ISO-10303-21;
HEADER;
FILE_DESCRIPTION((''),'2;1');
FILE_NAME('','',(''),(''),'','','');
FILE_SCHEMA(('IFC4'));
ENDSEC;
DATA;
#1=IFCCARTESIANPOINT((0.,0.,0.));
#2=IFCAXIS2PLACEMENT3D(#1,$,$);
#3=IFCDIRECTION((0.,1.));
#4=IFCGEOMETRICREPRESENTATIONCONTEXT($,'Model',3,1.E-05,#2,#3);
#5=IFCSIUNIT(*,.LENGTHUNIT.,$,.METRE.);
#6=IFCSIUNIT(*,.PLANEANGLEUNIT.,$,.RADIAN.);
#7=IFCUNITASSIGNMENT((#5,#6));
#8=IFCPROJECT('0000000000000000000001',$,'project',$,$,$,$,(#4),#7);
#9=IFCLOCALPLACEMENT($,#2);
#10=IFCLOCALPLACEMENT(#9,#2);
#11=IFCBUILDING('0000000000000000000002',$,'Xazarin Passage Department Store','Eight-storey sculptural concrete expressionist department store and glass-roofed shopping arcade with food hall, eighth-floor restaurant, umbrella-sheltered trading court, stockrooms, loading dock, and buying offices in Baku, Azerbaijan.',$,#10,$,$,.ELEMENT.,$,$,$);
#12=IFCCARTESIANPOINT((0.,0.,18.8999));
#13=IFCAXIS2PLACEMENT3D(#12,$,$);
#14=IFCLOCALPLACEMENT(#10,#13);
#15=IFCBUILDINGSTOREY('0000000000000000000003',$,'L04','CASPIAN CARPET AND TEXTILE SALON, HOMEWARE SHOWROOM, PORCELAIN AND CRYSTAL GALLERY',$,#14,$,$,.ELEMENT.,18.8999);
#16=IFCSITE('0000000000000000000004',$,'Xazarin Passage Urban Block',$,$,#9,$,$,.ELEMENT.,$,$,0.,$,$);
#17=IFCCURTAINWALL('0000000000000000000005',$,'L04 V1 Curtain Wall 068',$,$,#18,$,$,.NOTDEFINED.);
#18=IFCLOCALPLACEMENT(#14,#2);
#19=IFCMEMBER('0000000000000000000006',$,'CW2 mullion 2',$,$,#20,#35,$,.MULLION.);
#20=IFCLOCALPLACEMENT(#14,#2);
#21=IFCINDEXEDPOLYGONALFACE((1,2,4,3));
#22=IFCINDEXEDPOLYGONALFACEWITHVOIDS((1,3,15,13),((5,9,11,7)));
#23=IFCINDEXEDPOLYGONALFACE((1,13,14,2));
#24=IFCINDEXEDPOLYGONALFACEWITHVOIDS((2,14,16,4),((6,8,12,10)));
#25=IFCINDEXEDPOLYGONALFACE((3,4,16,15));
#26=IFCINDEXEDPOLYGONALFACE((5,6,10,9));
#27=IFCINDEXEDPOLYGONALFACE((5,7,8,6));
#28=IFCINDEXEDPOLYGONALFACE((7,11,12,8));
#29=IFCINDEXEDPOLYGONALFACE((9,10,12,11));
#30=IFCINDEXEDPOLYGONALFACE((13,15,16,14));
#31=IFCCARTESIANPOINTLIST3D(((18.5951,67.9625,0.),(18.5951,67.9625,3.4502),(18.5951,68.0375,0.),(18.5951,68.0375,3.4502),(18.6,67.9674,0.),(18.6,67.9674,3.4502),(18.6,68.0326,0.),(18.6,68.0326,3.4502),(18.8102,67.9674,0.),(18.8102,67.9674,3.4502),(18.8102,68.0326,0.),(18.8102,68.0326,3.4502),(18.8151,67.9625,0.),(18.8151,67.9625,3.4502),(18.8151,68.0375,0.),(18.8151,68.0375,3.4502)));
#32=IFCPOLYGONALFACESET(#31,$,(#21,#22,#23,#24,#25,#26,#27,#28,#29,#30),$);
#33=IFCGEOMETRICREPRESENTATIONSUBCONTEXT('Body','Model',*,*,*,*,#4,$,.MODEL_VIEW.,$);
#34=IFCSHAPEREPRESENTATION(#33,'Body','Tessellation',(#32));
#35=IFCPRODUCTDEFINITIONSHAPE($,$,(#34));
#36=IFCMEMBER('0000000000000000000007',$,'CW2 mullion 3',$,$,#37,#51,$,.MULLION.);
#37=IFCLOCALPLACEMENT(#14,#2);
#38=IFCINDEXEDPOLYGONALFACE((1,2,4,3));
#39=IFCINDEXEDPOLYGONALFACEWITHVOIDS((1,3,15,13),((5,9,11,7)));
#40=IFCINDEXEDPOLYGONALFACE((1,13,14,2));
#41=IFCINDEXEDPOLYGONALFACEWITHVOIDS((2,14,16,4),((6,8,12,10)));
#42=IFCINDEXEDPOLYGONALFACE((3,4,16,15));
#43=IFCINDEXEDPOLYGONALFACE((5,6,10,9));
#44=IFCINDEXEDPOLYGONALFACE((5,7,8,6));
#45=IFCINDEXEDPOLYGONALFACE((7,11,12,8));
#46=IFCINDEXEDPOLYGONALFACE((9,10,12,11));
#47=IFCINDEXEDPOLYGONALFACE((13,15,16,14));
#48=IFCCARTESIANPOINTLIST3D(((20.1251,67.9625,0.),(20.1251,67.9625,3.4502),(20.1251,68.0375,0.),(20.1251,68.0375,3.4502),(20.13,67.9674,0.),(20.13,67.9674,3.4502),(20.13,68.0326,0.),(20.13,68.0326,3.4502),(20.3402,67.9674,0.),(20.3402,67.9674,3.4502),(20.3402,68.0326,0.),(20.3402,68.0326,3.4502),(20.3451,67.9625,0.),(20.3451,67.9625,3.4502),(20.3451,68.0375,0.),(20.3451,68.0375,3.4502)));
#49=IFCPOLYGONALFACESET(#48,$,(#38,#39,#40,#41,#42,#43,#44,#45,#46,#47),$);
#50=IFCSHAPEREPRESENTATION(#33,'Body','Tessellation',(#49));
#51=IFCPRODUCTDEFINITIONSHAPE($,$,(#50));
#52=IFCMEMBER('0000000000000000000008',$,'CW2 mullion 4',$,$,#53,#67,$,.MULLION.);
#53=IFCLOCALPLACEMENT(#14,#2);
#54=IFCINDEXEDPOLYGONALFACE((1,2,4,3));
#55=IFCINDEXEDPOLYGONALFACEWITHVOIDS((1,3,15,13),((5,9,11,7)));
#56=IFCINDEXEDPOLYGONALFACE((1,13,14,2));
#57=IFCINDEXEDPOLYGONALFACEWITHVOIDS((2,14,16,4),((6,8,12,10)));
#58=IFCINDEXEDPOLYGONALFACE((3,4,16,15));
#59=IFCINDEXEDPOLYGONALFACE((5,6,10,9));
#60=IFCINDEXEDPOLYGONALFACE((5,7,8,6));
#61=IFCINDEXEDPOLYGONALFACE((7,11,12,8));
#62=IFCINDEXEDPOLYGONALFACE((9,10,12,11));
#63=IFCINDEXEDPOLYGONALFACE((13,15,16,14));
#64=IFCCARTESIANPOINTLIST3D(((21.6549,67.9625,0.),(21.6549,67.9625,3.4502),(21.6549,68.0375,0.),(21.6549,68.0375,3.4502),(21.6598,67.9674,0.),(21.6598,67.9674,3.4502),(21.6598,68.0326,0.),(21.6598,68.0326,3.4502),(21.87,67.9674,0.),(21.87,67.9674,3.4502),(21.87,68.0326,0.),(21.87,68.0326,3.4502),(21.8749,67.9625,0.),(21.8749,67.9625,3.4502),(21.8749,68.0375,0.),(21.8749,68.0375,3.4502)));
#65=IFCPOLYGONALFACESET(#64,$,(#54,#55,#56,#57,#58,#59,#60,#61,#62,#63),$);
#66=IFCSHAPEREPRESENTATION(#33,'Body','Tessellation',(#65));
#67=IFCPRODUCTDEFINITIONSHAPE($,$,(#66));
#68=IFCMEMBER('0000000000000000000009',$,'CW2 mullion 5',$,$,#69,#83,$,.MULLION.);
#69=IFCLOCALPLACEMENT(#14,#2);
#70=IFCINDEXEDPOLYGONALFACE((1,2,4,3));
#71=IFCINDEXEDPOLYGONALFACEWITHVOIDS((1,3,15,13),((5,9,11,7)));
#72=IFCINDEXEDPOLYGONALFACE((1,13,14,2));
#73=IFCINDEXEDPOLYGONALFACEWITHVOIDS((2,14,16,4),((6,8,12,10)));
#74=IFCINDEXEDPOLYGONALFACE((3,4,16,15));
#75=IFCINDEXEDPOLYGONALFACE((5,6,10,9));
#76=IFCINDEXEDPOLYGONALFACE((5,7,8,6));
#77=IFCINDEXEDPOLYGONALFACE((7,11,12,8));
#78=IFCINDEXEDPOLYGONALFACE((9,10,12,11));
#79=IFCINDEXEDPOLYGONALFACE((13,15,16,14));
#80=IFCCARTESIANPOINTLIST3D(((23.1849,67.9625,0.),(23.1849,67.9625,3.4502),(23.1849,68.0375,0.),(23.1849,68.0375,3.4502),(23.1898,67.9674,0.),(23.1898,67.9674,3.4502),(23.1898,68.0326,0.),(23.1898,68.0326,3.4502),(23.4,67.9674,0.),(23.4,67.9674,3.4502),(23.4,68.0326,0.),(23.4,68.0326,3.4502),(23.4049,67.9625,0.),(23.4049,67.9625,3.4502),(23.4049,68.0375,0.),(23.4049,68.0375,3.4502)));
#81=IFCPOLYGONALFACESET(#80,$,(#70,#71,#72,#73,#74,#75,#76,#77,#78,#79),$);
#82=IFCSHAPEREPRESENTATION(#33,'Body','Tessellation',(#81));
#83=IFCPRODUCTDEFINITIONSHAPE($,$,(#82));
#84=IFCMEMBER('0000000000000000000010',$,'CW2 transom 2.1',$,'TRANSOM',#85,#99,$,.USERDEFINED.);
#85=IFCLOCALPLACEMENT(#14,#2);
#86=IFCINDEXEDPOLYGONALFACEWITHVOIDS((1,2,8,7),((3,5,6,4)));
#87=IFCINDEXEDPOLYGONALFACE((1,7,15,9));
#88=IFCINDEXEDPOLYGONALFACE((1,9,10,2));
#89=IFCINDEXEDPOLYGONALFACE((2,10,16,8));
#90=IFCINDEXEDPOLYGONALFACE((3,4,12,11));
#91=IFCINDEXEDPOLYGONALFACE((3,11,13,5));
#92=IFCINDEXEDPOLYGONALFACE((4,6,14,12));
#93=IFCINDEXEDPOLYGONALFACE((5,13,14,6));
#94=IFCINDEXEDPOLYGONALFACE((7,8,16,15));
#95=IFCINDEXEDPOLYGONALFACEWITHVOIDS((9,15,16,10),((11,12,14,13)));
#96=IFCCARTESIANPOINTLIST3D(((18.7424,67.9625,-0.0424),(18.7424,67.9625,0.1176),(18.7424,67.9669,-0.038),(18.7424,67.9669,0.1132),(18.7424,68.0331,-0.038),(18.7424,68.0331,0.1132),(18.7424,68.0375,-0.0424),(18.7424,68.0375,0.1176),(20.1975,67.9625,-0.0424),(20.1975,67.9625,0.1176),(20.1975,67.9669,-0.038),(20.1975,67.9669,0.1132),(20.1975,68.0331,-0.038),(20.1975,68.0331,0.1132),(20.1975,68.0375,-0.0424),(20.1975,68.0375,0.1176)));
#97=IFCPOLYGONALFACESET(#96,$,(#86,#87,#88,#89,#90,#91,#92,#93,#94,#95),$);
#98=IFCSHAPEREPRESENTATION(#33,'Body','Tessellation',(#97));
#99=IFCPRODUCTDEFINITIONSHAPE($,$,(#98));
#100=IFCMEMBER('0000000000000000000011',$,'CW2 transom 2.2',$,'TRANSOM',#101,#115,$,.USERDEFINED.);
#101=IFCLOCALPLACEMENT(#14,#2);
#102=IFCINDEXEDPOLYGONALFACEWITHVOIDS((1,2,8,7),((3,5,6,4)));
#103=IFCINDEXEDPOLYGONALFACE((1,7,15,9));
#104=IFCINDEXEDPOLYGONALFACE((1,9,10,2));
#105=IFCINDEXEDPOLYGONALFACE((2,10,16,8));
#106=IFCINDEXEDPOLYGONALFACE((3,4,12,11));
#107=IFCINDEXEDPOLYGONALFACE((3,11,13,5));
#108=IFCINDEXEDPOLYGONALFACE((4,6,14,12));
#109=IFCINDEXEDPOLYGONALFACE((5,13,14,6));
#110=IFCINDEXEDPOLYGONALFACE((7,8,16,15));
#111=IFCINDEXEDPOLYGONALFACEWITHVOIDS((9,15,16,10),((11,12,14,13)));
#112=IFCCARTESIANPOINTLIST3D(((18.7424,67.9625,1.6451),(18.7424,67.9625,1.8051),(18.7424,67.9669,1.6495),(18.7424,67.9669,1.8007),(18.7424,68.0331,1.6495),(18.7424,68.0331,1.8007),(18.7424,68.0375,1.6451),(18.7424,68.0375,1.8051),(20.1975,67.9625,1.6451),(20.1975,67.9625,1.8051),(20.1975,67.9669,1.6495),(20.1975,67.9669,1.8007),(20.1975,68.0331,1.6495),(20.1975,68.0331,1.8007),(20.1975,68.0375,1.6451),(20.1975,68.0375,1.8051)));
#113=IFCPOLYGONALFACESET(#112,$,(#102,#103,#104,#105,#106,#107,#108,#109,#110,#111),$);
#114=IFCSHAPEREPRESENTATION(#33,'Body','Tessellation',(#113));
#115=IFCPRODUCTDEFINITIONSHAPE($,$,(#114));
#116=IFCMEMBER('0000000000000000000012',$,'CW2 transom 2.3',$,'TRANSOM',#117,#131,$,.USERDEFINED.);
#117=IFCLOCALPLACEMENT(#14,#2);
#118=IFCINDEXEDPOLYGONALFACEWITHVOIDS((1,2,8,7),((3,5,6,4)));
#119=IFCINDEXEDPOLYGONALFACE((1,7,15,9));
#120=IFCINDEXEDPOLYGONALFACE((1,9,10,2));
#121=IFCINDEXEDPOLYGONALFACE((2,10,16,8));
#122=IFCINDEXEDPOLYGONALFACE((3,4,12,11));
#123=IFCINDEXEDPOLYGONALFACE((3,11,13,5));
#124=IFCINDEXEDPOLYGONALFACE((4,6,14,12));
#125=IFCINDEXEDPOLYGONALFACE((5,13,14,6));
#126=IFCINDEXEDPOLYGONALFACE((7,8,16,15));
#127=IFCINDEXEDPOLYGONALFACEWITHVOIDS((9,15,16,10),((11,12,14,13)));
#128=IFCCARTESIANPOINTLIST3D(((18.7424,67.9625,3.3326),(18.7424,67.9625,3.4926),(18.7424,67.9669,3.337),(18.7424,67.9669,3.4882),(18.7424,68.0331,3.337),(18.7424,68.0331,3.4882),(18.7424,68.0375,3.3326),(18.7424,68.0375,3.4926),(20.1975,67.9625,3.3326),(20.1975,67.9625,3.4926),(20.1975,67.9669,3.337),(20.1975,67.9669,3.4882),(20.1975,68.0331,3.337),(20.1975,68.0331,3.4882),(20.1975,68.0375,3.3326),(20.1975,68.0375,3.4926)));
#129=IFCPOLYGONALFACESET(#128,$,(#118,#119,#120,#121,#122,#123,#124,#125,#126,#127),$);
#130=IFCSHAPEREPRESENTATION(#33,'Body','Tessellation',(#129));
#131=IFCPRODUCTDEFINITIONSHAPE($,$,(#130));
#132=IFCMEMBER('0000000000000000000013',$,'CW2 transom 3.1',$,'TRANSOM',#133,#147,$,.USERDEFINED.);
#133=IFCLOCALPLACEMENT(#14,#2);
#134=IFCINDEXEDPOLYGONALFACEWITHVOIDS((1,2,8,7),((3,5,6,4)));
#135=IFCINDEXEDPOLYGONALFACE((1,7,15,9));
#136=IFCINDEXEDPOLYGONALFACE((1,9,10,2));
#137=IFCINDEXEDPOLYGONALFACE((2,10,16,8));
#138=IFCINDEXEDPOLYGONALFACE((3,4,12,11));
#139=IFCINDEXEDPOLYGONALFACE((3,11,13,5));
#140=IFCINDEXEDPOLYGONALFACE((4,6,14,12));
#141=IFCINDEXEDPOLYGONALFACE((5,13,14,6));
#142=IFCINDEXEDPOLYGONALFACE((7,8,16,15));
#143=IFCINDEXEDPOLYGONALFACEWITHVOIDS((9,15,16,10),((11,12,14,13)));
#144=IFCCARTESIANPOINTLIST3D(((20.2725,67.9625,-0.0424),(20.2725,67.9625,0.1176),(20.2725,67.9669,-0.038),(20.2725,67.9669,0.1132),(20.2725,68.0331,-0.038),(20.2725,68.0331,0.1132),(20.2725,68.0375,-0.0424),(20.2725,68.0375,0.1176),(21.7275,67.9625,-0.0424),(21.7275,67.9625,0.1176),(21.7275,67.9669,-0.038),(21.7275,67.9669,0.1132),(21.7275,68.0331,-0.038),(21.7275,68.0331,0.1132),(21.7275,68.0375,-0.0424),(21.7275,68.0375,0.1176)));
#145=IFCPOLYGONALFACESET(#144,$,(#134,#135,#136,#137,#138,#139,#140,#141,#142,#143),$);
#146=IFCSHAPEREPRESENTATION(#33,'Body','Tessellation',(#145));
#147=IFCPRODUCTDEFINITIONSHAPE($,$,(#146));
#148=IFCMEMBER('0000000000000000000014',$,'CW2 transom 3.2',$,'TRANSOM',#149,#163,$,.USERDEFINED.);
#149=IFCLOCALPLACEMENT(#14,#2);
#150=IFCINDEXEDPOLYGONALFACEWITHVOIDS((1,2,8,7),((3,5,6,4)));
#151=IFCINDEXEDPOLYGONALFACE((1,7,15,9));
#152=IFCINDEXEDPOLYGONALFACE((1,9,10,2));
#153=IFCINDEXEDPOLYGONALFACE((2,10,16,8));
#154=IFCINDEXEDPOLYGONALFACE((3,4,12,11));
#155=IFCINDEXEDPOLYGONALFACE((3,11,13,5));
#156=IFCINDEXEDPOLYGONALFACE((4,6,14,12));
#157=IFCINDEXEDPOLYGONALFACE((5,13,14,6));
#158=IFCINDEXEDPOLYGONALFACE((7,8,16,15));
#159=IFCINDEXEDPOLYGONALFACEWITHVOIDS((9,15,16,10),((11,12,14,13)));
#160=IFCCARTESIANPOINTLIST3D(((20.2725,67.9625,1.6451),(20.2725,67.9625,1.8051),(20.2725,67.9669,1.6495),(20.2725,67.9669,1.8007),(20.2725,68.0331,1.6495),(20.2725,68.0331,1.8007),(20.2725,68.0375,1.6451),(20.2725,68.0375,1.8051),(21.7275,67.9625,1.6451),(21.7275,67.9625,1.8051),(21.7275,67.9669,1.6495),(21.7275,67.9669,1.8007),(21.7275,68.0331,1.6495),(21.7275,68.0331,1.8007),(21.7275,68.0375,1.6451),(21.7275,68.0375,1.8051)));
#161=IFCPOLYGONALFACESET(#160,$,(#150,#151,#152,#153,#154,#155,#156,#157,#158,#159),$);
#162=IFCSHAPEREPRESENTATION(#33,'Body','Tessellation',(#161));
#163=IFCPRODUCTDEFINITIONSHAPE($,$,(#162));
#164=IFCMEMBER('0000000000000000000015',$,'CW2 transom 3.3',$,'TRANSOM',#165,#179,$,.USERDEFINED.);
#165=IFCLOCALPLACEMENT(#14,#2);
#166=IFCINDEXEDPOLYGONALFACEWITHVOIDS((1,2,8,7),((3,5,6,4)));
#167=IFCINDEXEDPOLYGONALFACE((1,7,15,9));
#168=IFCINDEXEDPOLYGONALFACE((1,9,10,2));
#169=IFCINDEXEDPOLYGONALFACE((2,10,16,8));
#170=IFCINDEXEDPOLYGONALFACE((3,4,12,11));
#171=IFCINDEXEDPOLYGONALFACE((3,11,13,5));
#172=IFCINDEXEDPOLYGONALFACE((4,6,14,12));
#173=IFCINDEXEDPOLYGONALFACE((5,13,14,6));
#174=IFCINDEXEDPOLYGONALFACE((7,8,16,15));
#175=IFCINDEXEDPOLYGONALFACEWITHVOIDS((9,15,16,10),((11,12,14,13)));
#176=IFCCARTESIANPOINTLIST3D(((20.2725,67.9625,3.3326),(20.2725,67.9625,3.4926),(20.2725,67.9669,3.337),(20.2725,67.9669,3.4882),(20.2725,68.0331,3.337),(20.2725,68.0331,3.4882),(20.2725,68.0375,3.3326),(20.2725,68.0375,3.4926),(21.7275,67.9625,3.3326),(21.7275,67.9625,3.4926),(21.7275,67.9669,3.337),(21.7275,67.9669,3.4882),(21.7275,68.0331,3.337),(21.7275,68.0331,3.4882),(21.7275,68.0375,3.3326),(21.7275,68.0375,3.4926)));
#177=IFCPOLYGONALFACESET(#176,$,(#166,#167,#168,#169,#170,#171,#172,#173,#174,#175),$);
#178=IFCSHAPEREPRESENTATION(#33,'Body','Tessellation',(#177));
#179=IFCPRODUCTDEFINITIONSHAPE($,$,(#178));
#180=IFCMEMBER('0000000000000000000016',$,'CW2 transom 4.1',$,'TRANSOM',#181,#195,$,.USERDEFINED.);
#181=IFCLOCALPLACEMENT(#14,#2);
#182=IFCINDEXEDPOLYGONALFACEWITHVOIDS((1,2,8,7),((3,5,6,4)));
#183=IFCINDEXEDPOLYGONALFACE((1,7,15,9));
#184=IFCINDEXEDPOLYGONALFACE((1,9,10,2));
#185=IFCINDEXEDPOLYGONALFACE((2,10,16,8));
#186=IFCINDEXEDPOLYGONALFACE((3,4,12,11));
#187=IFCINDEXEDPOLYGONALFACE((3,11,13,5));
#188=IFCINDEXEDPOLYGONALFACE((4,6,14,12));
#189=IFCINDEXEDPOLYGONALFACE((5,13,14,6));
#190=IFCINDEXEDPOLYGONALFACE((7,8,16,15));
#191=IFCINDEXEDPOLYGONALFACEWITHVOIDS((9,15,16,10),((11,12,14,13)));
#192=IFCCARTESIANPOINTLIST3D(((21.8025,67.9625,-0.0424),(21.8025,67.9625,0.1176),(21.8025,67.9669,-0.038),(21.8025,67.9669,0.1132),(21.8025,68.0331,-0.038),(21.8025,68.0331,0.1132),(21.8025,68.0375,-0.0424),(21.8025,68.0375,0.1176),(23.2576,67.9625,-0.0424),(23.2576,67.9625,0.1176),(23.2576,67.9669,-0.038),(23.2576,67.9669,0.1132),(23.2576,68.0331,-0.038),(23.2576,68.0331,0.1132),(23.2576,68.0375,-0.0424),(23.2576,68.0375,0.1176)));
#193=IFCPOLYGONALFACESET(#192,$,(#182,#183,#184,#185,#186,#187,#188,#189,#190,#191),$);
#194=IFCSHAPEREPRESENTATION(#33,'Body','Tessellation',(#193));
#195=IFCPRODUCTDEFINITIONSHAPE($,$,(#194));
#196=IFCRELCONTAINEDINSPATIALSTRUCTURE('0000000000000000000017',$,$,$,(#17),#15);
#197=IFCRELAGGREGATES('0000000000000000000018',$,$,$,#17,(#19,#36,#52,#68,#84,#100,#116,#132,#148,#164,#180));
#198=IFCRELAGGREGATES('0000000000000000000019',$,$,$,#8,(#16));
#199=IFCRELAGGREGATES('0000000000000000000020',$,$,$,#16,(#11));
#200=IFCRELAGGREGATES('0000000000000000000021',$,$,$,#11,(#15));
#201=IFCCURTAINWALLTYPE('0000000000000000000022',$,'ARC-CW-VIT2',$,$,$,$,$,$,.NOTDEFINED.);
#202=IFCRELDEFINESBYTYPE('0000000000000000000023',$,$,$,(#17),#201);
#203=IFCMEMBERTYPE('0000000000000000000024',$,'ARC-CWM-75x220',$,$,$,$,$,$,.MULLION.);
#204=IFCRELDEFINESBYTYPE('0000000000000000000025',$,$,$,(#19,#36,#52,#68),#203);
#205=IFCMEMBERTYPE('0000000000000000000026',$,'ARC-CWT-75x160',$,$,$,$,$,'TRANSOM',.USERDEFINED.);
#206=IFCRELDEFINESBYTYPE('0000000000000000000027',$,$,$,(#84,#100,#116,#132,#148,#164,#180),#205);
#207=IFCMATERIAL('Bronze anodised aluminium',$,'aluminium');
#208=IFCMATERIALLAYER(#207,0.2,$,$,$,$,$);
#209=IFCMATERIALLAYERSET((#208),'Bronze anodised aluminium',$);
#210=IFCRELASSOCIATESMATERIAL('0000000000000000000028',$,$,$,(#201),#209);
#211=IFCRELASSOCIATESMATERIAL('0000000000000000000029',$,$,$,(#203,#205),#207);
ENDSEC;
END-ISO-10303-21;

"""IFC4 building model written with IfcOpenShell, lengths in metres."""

from ifc_helpers import new_model, si_unit, direction, frame, origin, origin_2d, place, context, subcontext, project, spatial, hollow_rectangle, extrude, material, layer, layer_set, material_profile, profile_set, type_object, element, aggregate, save


model = new_model("IFC4")

# Units and contexts
model_context = context("Model", 3, precision=1e-05, world=origin(), true_north=direction((0.0, 1.0)))
body_context = subcontext(model_context, "Body", "Model", "MODEL_VIEW")
ifc_project = project(units=[si_unit("LENGTHUNIT", "METRE"), si_unit("PLANEANGLEUNIT", "RADIAN")], contexts=[model_context])

# Site, building, storey
site_placement = place(None, origin())
site = spatial("IfcSite", under=ifc_project, at=site_placement, Name="Xazarin Passage Urban Block", CompositionType="ELEMENT", RefElevation=0.0)
building_placement = place(site_placement, origin())
building = spatial("IfcBuilding", under=site, at=building_placement, Name="Xazarin Passage Department Store", Description="Eight-storey sculptural concrete expressionist department store and glass-roofed shopping arcade with food hall, eighth-floor restaurant, umbrella-sheltered trading court, stockrooms, loading dock, and buying offices in Baku, Azerbaijan.", CompositionType="ELEMENT")
storey_placement = place(building_placement, frame((0.0, 0.0, 18.8999)))
storey = spatial("IfcBuildingStorey", under=building, at=storey_placement, Name="L04", Description="CASPIAN CARPET AND TEXTILE SALON, HOMEWARE SHOWROOM, PORCELAIN AND CRYSTAL GALLERY", CompositionType="ELEMENT", Elevation=18.8999)

# Curtain wall, members
ifc_material_1 = material(Name="Bronze anodised aluminium", Category="aluminium")
ifc_layer_1 = layer(ifc_material_1, 0.2)
ifc_layer_set_1 = layer_set([ifc_layer_1], Name="Bronze anodised aluminium")
curtain_wall_type = type_object("IfcCurtainWallType", Name="ARC-CW-VIT2", PredefinedType="NOTDEFINED", material=ifc_layer_set_1)
curtain_wall_placement = place(storey_placement, origin())
curtain_wall = element("IfcCurtainWall", 1, at=curtain_wall_placement, inside=storey, type_object=curtain_wall_type, Name="L04 V1 Curtain Wall 068", PredefinedType="NOTDEFINED")
ifc_material_profile_1 = material_profile(ifc_material_1, hollow_rectangle(XDim=0.075, YDim=0.22, WallThickness=0.0049, at=origin_2d()), Name="ALU 75x220")
ifc_profile_set_1 = profile_set([ifc_material_profile_1], Name="Bronze anodised aluminium")
member_type_1 = type_object("IfcMemberType", Name="ARC-CWM-75x220", PredefinedType="MULLION", material=ifc_profile_set_1)
member_1_placement = place(storey_placement, frame((18.7051, 68.0, 0.0), z_axis=(0.0, 0.0, 1.0), x_axis=(0.0, 1.0, 0.0)))
member_1 = element("IfcMember", 2, at=member_1_placement, type_object=member_type_1, Name="CW2 mullion 2", PredefinedType="MULLION", context=body_context, shape_type="SweptSolid", body=[
    extrude(hollow_rectangle(XDim=0.075, YDim=0.22, WallThickness=0.0049, at=origin_2d()), origin(), (0.0, 0.0, 1.0), 3.4502),
])
member_2_placement = place(storey_placement, frame((20.2351, 68.0, 0.0), z_axis=(0.0, 0.0, 1.0), x_axis=(0.0, 1.0, 0.0)))
member_2 = element("IfcMember", 3, at=member_2_placement, type_object=member_type_1, Name="CW2 mullion 3", PredefinedType="MULLION", context=body_context, shape_type="SweptSolid", body=[
    extrude(hollow_rectangle(XDim=0.075, YDim=0.22, WallThickness=0.0049, at=origin_2d()), origin(), (0.0, 0.0, 1.0), 3.4502),
])
member_3_placement = place(storey_placement, frame((21.7649, 68.0, 0.0), z_axis=(0.0, 0.0, 1.0), x_axis=(0.0, 1.0, 0.0)))
member_3 = element("IfcMember", 4, at=member_3_placement, type_object=member_type_1, Name="CW2 mullion 4", PredefinedType="MULLION", context=body_context, shape_type="SweptSolid", body=[
    extrude(hollow_rectangle(XDim=0.075, YDim=0.22, WallThickness=0.0049, at=origin_2d()), origin(), (0.0, 0.0, 1.0), 3.4502),
])
member_4_placement = place(storey_placement, frame((23.2949, 68.0, 0.0), z_axis=(0.0, 0.0, 1.0), x_axis=(0.0, 1.0, 0.0)))
member_4 = element("IfcMember", 5, at=member_4_placement, type_object=member_type_1, Name="CW2 mullion 5", PredefinedType="MULLION", context=body_context, shape_type="SweptSolid", body=[
    extrude(hollow_rectangle(XDim=0.075, YDim=0.22, WallThickness=0.0049, at=origin_2d()), origin(), (0.0, 0.0, 1.0), 3.4502),
])
ifc_material_profile_2 = material_profile(ifc_material_1, hollow_rectangle(XDim=0.075, YDim=0.1599, WallThickness=0.0044, at=origin_2d()), Name="ALU 75x160")
ifc_profile_set_2 = profile_set([ifc_material_profile_2], Name="Bronze anodised aluminium")
member_type_2 = type_object("IfcMemberType", Name="ARC-CWT-75x160", ElementType="TRANSOM", PredefinedType="USERDEFINED", material=ifc_profile_set_2)
member_5_placement = place(storey_placement, frame((18.7424, 68.0, 0.0376), z_axis=(1.0, 0.0, 0.0), x_axis=(0.0, 1.0, 0.0)))
member_5 = element("IfcMember", 6, at=member_5_placement, type_object=member_type_2, Name="CW2 transom 2.1", ObjectType="TRANSOM", PredefinedType="USERDEFINED", context=body_context, shape_type="SweptSolid", body=[
    extrude(hollow_rectangle(XDim=0.075, YDim=0.1599, WallThickness=0.0044, at=origin_2d()), origin(), (0.0, 0.0, 1.0), 1.4551),
])
member_6_placement = place(storey_placement, frame((18.7424, 68.0, 1.7251), z_axis=(1.0, 0.0, 0.0), x_axis=(0.0, 1.0, 0.0)))
member_6 = element("IfcMember", 7, at=member_6_placement, type_object=member_type_2, Name="CW2 transom 2.2", ObjectType="TRANSOM", PredefinedType="USERDEFINED", context=body_context, shape_type="SweptSolid", body=[
    extrude(hollow_rectangle(XDim=0.075, YDim=0.1599, WallThickness=0.0044, at=origin_2d()), origin(), (0.0, 0.0, 1.0), 1.4551),
])
member_7_placement = place(storey_placement, frame((18.7424, 68.0, 3.4126), z_axis=(1.0, 0.0, 0.0), x_axis=(0.0, 1.0, 0.0)))
member_7 = element("IfcMember", 8, at=member_7_placement, type_object=member_type_2, Name="CW2 transom 2.3", ObjectType="TRANSOM", PredefinedType="USERDEFINED", context=body_context, shape_type="SweptSolid", body=[
    extrude(hollow_rectangle(XDim=0.075, YDim=0.1599, WallThickness=0.0044, at=origin_2d()), origin(), (0.0, 0.0, 1.0), 1.4551),
])
member_8_placement = place(storey_placement, frame((20.2725, 68.0, 0.0376), z_axis=(1.0, 0.0, 0.0), x_axis=(0.0, 1.0, 0.0)))
member_8 = element("IfcMember", 9, at=member_8_placement, type_object=member_type_2, Name="CW2 transom 3.1", ObjectType="TRANSOM", PredefinedType="USERDEFINED", context=body_context, shape_type="SweptSolid", body=[
    extrude(hollow_rectangle(XDim=0.075, YDim=0.1599, WallThickness=0.0044, at=origin_2d()), origin(), (0.0, 0.0, 1.0), 1.4551),
])
member_9_placement = place(storey_placement, frame((20.2725, 68.0, 1.7251), z_axis=(1.0, 0.0, 0.0), x_axis=(0.0, 1.0, 0.0)))
member_9 = element("IfcMember", 10, at=member_9_placement, type_object=member_type_2, Name="CW2 transom 3.2", ObjectType="TRANSOM", PredefinedType="USERDEFINED", context=body_context, shape_type="SweptSolid", body=[
    extrude(hollow_rectangle(XDim=0.075, YDim=0.1599, WallThickness=0.0044, at=origin_2d()), origin(), (0.0, 0.0, 1.0), 1.4551),
])
member_10_placement = place(storey_placement, frame((20.2725, 68.0, 3.4126), z_axis=(1.0, 0.0, 0.0), x_axis=(0.0, 1.0, 0.0)))
member_10 = element("IfcMember", 11, at=member_10_placement, type_object=member_type_2, Name="CW2 transom 3.3", ObjectType="TRANSOM", PredefinedType="USERDEFINED", context=body_context, shape_type="SweptSolid", body=[
    extrude(hollow_rectangle(XDim=0.075, YDim=0.1599, WallThickness=0.0044, at=origin_2d()), origin(), (0.0, 0.0, 1.0), 1.4551),
])
member_11_placement = place(storey_placement, frame((21.8025, 68.0, 0.0376), z_axis=(1.0, 0.0, 0.0), x_axis=(0.0, 1.0, 0.0)))
member_11 = element("IfcMember", 12, at=member_11_placement, type_object=member_type_2, Name="CW2 transom 4.1", ObjectType="TRANSOM", PredefinedType="USERDEFINED", context=body_context, shape_type="SweptSolid", body=[
    extrude(hollow_rectangle(XDim=0.075, YDim=0.1599, WallThickness=0.0044, at=origin_2d()), origin(), (0.0, 0.0, 1.0), 1.4551),
])

aggregate(curtain_wall, [member_1, member_2, member_3, member_4, member_5, member_6, member_7, member_8, member_9, member_10, member_11])

save(model, "model.ifc")
